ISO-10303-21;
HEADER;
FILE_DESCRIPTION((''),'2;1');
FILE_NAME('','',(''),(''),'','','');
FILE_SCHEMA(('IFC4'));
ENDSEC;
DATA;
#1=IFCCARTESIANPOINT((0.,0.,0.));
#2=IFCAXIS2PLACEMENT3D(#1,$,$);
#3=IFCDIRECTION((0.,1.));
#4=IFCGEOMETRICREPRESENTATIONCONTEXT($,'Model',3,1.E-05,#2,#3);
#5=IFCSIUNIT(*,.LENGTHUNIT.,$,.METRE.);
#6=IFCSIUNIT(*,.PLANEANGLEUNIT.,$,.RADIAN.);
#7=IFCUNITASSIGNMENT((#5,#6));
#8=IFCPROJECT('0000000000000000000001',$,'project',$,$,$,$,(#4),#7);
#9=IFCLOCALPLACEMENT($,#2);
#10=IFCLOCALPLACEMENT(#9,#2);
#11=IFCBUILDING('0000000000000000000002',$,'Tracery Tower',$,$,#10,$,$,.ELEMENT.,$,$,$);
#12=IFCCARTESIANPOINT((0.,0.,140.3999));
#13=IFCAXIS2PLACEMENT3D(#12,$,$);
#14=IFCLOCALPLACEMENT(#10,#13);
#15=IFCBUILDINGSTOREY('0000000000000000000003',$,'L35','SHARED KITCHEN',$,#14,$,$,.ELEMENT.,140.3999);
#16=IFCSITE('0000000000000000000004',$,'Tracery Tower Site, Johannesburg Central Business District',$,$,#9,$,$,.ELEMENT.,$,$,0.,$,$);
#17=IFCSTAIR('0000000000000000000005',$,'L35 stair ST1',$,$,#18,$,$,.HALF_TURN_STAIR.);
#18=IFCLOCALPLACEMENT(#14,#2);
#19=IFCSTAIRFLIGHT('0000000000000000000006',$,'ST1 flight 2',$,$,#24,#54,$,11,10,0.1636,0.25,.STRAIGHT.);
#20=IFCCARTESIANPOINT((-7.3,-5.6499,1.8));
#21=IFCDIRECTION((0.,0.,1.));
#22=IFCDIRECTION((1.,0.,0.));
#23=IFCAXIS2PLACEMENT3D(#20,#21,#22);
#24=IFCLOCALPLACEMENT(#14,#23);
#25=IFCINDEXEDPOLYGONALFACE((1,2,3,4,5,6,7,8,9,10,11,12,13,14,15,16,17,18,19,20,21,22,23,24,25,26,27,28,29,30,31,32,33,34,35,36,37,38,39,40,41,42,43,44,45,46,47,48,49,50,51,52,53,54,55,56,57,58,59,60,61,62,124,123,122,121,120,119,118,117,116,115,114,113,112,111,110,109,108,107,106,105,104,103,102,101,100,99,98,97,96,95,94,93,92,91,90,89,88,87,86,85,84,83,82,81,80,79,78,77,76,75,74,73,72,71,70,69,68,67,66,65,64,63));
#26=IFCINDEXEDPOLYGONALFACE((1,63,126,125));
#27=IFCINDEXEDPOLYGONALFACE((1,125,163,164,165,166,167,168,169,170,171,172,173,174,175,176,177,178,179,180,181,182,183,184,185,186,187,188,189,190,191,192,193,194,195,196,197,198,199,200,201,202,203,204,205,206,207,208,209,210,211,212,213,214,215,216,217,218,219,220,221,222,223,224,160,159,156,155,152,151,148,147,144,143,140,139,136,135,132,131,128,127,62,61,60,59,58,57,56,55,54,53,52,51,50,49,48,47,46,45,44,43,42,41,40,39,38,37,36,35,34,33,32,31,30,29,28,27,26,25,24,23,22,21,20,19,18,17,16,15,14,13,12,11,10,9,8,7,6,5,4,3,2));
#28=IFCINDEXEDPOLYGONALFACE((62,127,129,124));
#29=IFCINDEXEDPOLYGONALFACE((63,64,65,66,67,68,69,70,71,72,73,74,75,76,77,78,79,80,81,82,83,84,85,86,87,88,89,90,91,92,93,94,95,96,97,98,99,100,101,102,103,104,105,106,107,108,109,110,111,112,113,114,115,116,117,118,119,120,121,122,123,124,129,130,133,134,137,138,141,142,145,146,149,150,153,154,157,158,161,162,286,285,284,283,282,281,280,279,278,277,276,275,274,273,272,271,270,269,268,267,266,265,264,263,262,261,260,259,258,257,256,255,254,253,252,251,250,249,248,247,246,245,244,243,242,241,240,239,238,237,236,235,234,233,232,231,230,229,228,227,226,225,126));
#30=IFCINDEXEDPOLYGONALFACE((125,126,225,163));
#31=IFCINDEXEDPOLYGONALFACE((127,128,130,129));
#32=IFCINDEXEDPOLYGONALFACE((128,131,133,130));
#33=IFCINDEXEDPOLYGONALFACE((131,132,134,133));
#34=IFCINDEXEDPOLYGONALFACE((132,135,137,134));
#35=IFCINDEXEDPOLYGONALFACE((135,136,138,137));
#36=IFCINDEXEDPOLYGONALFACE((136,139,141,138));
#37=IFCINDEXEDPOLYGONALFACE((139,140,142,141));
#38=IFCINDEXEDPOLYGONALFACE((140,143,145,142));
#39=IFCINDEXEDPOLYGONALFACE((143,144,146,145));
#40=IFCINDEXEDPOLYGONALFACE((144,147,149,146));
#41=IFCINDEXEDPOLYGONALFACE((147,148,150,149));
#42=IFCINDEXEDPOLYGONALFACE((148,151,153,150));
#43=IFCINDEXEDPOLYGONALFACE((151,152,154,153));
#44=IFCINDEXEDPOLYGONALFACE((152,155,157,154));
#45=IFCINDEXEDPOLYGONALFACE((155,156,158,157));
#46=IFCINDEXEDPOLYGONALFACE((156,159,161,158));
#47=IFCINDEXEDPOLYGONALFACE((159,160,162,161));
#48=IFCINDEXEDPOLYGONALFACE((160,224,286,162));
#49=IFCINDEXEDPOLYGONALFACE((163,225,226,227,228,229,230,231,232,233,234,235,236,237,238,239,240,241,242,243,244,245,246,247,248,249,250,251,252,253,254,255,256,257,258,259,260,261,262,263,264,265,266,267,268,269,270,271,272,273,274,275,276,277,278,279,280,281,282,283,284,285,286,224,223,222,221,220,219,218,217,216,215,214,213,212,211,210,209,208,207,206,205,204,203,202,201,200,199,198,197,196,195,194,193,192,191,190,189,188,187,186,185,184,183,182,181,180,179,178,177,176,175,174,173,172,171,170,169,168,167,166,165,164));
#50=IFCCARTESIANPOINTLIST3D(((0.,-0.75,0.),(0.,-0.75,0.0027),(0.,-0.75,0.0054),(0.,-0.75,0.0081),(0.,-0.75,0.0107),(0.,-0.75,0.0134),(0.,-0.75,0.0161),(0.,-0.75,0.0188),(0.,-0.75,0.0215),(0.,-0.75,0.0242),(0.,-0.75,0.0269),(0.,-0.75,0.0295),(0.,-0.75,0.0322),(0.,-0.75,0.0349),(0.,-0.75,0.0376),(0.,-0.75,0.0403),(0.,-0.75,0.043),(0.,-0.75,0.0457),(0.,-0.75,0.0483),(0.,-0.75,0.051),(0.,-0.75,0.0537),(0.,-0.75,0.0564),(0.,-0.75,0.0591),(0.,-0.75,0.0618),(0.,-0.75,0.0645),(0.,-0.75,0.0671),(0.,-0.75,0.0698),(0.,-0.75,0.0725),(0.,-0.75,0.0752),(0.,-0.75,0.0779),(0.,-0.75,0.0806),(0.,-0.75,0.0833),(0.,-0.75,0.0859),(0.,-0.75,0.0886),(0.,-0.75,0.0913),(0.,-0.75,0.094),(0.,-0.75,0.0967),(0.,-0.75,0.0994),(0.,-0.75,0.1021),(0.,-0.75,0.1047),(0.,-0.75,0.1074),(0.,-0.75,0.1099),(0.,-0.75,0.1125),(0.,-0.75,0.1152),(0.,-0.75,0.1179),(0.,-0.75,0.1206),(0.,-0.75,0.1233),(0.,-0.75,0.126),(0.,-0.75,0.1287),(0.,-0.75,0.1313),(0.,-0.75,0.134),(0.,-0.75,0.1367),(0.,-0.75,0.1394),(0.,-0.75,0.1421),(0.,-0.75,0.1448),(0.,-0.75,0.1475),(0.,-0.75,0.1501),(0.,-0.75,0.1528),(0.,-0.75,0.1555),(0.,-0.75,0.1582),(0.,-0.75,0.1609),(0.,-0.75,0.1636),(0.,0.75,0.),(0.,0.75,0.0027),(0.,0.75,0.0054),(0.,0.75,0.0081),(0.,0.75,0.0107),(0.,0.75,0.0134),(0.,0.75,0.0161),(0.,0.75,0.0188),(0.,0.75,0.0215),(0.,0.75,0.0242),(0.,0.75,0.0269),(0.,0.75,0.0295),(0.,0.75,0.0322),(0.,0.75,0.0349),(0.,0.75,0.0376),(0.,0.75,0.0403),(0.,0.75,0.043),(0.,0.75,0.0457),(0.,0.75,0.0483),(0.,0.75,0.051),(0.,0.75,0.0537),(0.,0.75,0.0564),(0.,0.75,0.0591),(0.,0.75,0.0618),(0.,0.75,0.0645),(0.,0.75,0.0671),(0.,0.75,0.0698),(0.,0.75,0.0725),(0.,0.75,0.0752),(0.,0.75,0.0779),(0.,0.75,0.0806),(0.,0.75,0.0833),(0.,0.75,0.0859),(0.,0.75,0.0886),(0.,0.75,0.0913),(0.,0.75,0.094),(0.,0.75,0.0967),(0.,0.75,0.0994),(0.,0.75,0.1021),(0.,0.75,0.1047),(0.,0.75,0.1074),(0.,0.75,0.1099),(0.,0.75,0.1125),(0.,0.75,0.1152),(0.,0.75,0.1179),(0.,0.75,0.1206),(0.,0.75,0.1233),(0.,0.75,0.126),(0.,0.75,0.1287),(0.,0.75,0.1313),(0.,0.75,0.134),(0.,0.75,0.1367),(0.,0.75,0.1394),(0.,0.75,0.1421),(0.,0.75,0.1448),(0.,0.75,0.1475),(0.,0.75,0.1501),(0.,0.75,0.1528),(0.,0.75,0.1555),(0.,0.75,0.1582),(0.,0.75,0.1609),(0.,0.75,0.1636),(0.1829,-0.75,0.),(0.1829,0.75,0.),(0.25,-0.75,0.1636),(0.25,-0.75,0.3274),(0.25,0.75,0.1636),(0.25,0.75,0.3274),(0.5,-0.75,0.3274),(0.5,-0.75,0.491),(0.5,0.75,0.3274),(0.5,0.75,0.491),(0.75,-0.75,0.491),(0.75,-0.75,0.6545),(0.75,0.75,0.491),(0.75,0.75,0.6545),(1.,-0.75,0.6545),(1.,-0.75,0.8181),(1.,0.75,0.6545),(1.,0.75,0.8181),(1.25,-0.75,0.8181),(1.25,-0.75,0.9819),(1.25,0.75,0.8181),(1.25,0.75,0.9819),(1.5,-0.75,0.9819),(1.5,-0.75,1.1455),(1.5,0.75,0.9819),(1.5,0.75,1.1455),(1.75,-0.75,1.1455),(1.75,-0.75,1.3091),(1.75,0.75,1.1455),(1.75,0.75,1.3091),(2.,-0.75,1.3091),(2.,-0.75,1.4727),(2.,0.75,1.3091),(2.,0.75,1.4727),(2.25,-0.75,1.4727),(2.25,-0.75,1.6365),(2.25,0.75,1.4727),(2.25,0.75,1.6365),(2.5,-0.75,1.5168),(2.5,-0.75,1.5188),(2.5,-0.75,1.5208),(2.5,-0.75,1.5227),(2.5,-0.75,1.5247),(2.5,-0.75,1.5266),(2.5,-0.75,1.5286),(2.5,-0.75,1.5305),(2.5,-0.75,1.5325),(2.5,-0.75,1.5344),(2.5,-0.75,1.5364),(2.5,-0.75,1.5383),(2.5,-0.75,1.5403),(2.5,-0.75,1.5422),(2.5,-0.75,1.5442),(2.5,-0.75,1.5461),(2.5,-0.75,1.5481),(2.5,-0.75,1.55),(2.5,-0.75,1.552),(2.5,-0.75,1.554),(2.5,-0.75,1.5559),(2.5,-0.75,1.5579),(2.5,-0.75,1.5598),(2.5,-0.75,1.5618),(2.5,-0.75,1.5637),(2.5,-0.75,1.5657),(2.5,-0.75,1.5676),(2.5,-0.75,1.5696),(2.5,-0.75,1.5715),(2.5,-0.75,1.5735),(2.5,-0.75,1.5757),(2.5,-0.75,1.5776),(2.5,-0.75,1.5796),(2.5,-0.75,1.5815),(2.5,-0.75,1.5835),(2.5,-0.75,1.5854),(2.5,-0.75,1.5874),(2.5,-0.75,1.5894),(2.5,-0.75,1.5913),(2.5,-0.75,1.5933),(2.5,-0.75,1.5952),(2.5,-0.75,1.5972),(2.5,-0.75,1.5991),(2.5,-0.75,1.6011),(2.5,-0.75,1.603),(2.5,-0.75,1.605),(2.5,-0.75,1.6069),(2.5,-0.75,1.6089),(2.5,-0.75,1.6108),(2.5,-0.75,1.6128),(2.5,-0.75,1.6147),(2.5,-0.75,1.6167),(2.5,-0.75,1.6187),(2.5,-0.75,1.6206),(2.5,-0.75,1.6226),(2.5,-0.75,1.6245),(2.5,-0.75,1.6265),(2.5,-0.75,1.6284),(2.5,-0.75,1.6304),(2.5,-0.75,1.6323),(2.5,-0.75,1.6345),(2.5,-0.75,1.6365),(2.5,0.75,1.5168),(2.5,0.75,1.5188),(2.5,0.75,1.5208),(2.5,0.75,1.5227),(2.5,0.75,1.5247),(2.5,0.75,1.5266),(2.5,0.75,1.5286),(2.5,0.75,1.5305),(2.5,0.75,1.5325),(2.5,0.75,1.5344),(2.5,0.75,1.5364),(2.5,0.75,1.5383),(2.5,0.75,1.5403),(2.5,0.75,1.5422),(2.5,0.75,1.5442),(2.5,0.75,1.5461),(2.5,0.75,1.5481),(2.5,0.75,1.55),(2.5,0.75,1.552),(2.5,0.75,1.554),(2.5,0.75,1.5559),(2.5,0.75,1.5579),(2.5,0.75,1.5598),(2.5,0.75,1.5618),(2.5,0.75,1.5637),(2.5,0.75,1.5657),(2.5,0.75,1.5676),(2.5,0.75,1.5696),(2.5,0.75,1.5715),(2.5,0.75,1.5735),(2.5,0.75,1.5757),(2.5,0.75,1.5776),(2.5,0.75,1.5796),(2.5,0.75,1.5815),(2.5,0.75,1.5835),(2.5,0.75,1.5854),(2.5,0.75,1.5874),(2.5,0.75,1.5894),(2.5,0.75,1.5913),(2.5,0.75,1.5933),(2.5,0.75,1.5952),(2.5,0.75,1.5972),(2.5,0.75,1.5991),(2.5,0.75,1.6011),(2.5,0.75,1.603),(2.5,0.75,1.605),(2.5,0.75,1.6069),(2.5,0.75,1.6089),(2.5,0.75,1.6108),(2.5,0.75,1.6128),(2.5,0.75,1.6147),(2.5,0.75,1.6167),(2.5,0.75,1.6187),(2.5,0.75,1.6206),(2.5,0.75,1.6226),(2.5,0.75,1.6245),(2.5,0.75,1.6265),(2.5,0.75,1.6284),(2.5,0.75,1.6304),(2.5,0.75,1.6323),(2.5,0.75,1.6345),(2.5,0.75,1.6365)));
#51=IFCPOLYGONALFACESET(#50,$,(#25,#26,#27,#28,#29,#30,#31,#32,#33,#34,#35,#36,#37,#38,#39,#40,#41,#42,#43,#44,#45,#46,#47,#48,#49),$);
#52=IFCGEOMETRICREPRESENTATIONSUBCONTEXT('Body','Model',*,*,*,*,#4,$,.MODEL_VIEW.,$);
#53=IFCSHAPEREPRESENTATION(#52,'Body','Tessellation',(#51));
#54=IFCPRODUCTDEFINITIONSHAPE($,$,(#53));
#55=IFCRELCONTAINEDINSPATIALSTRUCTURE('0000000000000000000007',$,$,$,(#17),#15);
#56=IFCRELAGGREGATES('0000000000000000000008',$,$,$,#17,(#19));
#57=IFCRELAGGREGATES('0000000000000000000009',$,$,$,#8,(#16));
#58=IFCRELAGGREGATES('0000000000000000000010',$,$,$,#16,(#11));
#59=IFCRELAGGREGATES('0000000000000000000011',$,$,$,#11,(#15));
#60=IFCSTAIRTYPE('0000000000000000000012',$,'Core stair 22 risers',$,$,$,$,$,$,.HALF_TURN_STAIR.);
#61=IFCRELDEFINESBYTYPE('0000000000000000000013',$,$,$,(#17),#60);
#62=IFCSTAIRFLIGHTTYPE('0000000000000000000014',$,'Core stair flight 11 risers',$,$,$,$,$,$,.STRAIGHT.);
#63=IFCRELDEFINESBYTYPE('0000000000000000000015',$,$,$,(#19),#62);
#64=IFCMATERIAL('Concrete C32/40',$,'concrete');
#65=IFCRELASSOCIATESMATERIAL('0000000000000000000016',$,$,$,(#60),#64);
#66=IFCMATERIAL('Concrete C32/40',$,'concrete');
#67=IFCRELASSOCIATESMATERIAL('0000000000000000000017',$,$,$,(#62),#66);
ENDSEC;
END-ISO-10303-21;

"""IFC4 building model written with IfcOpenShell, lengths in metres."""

from ifc_helpers import new_model, si_unit, direction, frame, origin, place, context, subcontext, project, spatial, polyline, outline, extrude, material, type_object, element, aggregate, save


model = new_model("IFC4")

# Units and contexts
model_context = context("Model", 3, precision=1e-05, world=origin(), true_north=direction((0.0, 1.0)))
body_context = subcontext(model_context, "Body", "Model", "MODEL_VIEW")
ifc_project = project(units=[si_unit("LENGTHUNIT", "METRE"), si_unit("PLANEANGLEUNIT", "RADIAN")], contexts=[model_context])

# Site, building, storey
site_placement = place(None, origin())
site = spatial("IfcSite", under=ifc_project, at=site_placement, Name="Tracery Tower Site, Johannesburg Central Business District", CompositionType="ELEMENT", RefElevation=0.0)
building_placement = place(site_placement, origin())
building = spatial("IfcBuilding", under=site, at=building_placement, Name="Tracery Tower", CompositionType="ELEMENT")
storey_placement = place(building_placement, frame((0.0, 0.0, 140.3999)))
storey = spatial("IfcBuildingStorey", under=building, at=storey_placement, Name="L35", Description="SHARED KITCHEN", CompositionType="ELEMENT", Elevation=140.3999)

# Stair, stair flight
ifc_material_1 = material(Name="Concrete C32/40", Category="concrete")
stair_type = type_object("IfcStairType", Name="Core stair 22 risers", PredefinedType="HALF_TURN_STAIR", material=ifc_material_1)
stair_placement = place(storey_placement, origin())
stair = element("IfcStair", 1, at=stair_placement, inside=storey, type_object=stair_type, Name="L35 stair ST1", PredefinedType="HALF_TURN_STAIR")
ifc_material_2 = material(Name="Concrete C32/40", Category="concrete")
stair_flight_type = type_object("IfcStairFlightType", Name="Core stair flight 11 risers", PredefinedType="STRAIGHT", material=ifc_material_2)
stair_flight_1_placement = place(storey_placement, frame((-7.3, -5.6499, 1.8), z_axis=(0.0, 0.0, 1.0), x_axis=(1.0, 0.0, 0.0)))
stair_flight_1 = element("IfcStairFlight", 2, at=stair_flight_1_placement, type_object=stair_flight_type, Name="ST1 flight 2", NumberOfRisers=11, NumberOfTreads=10, PredefinedType="STRAIGHT", RiserHeight=0.1636, TreadLength=0.25, context=body_context, shape_type="SweptSolid", body=[
    extrude(outline(polyline([(0.0, 0.0), (0.0, 0.0027), (0.0, 0.0054), (0.0, 0.0081), (0.0, 0.0107), (0.0, 0.0134), (0.0, 0.0161), (0.0, 0.0188), (0.0, 0.0215), (0.0, 0.0242), (0.0, 0.0269), (0.0, 0.0295), (0.0, 0.0322), (0.0, 0.0349), (0.0, 0.0376), (0.0, 0.0403), (0.0, 0.043), (0.0, 0.0457), (0.0, 0.0483), (0.0, 0.051), (0.0, 0.0537), (0.0, 0.0564), (0.0, 0.0591), (0.0, 0.0618), (0.0, 0.0645), (0.0, 0.0671), (0.0, 0.0698), (0.0, 0.0725), (0.0, 0.0752), (0.0, 0.0779), (0.0, 0.0806), (0.0, 0.0833), (0.0, 0.0859), (0.0, 0.0886), (0.0, 0.0913), (0.0, 0.094), (0.0, 0.0967), (0.0, 0.0994), (0.0, 0.1021), (0.0, 0.1047), (0.0, 0.1074), (0.0, 0.1099), (0.0, 0.1125), (0.0, 0.1152), (0.0, 0.1179), (0.0, 0.1206), (0.0, 0.1233), (0.0, 0.126), (0.0, 0.1287), (0.0, 0.1313), (0.0, 0.134), (0.0, 0.1367), (0.0, 0.1394), (0.0, 0.1421), (0.0, 0.1448), (0.0, 0.1475), (0.0, 0.1501), (0.0, 0.1528), (0.0, 0.1555), (0.0, 0.1582), (0.0, 0.1609), (0.0, 0.1636), (0.25, 0.1636), (0.25, 0.3274), (0.5, 0.3274), (0.5, 0.491), (0.75, 0.491), (0.75, 0.6545), (1.0, 0.6545), (1.0, 0.8181), (1.25, 0.8181), (1.25, 0.9819), (1.5, 0.9819), (1.5, 1.1455), (1.75, 1.1455), (1.75, 1.3091), (2.0, 1.3091), (2.0, 1.4727), (2.25, 1.4727), (2.25, 1.6365), (2.5, 1.6365), (2.5, 1.6345), (2.5, 1.6323), (2.5, 1.6304), (2.5, 1.6284), (2.5, 1.6265), (2.5, 1.6245), (2.5, 1.6226), (2.5, 1.6206), (2.5, 1.6187), (2.5, 1.6167), (2.5, 1.6147), (2.5, 1.6128), (2.5, 1.6108), (2.5, 1.6089), (2.5, 1.6069), (2.5, 1.605), (2.5, 1.603), (2.5, 1.6011), (2.5, 1.5991), (2.5, 1.5972), (2.5, 1.5952), (2.5, 1.5933), (2.5, 1.5913), (2.5, 1.5894), (2.5, 1.5874), (2.5, 1.5854), (2.5, 1.5835), (2.5, 1.5815), (2.5, 1.5796), (2.5, 1.5776), (2.5, 1.5757), (2.5, 1.5735), (2.5, 1.5715), (2.5, 1.5696), (2.5, 1.5676), (2.5, 1.5657), (2.5, 1.5637), (2.5, 1.5618), (2.5, 1.5598), (2.5, 1.5579), (2.5, 1.5559), (2.5, 1.554), (2.5, 1.552), (2.5, 1.55), (2.5, 1.5481), (2.5, 1.5461), (2.5, 1.5442), (2.5, 1.5422), (2.5, 1.5403), (2.5, 1.5383), (2.5, 1.5364), (2.5, 1.5344), (2.5, 1.5325), (2.5, 1.5305), (2.5, 1.5286), (2.5, 1.5266), (2.5, 1.5247), (2.5, 1.5227), (2.5, 1.5208), (2.5, 1.5188), (2.5, 1.5168), (0.1829, 0.0), (0.0, 0.0)])), frame((0.0, 0.75, 0.0), z_axis=(0.0, -1.0, 0.0), x_axis=(1.0, 0.0, 0.0)), (0.0, 0.0, 1.0), 1.5),
])
aggregate(stair, [stair_flight_1])

save(model, "model.ifc")
